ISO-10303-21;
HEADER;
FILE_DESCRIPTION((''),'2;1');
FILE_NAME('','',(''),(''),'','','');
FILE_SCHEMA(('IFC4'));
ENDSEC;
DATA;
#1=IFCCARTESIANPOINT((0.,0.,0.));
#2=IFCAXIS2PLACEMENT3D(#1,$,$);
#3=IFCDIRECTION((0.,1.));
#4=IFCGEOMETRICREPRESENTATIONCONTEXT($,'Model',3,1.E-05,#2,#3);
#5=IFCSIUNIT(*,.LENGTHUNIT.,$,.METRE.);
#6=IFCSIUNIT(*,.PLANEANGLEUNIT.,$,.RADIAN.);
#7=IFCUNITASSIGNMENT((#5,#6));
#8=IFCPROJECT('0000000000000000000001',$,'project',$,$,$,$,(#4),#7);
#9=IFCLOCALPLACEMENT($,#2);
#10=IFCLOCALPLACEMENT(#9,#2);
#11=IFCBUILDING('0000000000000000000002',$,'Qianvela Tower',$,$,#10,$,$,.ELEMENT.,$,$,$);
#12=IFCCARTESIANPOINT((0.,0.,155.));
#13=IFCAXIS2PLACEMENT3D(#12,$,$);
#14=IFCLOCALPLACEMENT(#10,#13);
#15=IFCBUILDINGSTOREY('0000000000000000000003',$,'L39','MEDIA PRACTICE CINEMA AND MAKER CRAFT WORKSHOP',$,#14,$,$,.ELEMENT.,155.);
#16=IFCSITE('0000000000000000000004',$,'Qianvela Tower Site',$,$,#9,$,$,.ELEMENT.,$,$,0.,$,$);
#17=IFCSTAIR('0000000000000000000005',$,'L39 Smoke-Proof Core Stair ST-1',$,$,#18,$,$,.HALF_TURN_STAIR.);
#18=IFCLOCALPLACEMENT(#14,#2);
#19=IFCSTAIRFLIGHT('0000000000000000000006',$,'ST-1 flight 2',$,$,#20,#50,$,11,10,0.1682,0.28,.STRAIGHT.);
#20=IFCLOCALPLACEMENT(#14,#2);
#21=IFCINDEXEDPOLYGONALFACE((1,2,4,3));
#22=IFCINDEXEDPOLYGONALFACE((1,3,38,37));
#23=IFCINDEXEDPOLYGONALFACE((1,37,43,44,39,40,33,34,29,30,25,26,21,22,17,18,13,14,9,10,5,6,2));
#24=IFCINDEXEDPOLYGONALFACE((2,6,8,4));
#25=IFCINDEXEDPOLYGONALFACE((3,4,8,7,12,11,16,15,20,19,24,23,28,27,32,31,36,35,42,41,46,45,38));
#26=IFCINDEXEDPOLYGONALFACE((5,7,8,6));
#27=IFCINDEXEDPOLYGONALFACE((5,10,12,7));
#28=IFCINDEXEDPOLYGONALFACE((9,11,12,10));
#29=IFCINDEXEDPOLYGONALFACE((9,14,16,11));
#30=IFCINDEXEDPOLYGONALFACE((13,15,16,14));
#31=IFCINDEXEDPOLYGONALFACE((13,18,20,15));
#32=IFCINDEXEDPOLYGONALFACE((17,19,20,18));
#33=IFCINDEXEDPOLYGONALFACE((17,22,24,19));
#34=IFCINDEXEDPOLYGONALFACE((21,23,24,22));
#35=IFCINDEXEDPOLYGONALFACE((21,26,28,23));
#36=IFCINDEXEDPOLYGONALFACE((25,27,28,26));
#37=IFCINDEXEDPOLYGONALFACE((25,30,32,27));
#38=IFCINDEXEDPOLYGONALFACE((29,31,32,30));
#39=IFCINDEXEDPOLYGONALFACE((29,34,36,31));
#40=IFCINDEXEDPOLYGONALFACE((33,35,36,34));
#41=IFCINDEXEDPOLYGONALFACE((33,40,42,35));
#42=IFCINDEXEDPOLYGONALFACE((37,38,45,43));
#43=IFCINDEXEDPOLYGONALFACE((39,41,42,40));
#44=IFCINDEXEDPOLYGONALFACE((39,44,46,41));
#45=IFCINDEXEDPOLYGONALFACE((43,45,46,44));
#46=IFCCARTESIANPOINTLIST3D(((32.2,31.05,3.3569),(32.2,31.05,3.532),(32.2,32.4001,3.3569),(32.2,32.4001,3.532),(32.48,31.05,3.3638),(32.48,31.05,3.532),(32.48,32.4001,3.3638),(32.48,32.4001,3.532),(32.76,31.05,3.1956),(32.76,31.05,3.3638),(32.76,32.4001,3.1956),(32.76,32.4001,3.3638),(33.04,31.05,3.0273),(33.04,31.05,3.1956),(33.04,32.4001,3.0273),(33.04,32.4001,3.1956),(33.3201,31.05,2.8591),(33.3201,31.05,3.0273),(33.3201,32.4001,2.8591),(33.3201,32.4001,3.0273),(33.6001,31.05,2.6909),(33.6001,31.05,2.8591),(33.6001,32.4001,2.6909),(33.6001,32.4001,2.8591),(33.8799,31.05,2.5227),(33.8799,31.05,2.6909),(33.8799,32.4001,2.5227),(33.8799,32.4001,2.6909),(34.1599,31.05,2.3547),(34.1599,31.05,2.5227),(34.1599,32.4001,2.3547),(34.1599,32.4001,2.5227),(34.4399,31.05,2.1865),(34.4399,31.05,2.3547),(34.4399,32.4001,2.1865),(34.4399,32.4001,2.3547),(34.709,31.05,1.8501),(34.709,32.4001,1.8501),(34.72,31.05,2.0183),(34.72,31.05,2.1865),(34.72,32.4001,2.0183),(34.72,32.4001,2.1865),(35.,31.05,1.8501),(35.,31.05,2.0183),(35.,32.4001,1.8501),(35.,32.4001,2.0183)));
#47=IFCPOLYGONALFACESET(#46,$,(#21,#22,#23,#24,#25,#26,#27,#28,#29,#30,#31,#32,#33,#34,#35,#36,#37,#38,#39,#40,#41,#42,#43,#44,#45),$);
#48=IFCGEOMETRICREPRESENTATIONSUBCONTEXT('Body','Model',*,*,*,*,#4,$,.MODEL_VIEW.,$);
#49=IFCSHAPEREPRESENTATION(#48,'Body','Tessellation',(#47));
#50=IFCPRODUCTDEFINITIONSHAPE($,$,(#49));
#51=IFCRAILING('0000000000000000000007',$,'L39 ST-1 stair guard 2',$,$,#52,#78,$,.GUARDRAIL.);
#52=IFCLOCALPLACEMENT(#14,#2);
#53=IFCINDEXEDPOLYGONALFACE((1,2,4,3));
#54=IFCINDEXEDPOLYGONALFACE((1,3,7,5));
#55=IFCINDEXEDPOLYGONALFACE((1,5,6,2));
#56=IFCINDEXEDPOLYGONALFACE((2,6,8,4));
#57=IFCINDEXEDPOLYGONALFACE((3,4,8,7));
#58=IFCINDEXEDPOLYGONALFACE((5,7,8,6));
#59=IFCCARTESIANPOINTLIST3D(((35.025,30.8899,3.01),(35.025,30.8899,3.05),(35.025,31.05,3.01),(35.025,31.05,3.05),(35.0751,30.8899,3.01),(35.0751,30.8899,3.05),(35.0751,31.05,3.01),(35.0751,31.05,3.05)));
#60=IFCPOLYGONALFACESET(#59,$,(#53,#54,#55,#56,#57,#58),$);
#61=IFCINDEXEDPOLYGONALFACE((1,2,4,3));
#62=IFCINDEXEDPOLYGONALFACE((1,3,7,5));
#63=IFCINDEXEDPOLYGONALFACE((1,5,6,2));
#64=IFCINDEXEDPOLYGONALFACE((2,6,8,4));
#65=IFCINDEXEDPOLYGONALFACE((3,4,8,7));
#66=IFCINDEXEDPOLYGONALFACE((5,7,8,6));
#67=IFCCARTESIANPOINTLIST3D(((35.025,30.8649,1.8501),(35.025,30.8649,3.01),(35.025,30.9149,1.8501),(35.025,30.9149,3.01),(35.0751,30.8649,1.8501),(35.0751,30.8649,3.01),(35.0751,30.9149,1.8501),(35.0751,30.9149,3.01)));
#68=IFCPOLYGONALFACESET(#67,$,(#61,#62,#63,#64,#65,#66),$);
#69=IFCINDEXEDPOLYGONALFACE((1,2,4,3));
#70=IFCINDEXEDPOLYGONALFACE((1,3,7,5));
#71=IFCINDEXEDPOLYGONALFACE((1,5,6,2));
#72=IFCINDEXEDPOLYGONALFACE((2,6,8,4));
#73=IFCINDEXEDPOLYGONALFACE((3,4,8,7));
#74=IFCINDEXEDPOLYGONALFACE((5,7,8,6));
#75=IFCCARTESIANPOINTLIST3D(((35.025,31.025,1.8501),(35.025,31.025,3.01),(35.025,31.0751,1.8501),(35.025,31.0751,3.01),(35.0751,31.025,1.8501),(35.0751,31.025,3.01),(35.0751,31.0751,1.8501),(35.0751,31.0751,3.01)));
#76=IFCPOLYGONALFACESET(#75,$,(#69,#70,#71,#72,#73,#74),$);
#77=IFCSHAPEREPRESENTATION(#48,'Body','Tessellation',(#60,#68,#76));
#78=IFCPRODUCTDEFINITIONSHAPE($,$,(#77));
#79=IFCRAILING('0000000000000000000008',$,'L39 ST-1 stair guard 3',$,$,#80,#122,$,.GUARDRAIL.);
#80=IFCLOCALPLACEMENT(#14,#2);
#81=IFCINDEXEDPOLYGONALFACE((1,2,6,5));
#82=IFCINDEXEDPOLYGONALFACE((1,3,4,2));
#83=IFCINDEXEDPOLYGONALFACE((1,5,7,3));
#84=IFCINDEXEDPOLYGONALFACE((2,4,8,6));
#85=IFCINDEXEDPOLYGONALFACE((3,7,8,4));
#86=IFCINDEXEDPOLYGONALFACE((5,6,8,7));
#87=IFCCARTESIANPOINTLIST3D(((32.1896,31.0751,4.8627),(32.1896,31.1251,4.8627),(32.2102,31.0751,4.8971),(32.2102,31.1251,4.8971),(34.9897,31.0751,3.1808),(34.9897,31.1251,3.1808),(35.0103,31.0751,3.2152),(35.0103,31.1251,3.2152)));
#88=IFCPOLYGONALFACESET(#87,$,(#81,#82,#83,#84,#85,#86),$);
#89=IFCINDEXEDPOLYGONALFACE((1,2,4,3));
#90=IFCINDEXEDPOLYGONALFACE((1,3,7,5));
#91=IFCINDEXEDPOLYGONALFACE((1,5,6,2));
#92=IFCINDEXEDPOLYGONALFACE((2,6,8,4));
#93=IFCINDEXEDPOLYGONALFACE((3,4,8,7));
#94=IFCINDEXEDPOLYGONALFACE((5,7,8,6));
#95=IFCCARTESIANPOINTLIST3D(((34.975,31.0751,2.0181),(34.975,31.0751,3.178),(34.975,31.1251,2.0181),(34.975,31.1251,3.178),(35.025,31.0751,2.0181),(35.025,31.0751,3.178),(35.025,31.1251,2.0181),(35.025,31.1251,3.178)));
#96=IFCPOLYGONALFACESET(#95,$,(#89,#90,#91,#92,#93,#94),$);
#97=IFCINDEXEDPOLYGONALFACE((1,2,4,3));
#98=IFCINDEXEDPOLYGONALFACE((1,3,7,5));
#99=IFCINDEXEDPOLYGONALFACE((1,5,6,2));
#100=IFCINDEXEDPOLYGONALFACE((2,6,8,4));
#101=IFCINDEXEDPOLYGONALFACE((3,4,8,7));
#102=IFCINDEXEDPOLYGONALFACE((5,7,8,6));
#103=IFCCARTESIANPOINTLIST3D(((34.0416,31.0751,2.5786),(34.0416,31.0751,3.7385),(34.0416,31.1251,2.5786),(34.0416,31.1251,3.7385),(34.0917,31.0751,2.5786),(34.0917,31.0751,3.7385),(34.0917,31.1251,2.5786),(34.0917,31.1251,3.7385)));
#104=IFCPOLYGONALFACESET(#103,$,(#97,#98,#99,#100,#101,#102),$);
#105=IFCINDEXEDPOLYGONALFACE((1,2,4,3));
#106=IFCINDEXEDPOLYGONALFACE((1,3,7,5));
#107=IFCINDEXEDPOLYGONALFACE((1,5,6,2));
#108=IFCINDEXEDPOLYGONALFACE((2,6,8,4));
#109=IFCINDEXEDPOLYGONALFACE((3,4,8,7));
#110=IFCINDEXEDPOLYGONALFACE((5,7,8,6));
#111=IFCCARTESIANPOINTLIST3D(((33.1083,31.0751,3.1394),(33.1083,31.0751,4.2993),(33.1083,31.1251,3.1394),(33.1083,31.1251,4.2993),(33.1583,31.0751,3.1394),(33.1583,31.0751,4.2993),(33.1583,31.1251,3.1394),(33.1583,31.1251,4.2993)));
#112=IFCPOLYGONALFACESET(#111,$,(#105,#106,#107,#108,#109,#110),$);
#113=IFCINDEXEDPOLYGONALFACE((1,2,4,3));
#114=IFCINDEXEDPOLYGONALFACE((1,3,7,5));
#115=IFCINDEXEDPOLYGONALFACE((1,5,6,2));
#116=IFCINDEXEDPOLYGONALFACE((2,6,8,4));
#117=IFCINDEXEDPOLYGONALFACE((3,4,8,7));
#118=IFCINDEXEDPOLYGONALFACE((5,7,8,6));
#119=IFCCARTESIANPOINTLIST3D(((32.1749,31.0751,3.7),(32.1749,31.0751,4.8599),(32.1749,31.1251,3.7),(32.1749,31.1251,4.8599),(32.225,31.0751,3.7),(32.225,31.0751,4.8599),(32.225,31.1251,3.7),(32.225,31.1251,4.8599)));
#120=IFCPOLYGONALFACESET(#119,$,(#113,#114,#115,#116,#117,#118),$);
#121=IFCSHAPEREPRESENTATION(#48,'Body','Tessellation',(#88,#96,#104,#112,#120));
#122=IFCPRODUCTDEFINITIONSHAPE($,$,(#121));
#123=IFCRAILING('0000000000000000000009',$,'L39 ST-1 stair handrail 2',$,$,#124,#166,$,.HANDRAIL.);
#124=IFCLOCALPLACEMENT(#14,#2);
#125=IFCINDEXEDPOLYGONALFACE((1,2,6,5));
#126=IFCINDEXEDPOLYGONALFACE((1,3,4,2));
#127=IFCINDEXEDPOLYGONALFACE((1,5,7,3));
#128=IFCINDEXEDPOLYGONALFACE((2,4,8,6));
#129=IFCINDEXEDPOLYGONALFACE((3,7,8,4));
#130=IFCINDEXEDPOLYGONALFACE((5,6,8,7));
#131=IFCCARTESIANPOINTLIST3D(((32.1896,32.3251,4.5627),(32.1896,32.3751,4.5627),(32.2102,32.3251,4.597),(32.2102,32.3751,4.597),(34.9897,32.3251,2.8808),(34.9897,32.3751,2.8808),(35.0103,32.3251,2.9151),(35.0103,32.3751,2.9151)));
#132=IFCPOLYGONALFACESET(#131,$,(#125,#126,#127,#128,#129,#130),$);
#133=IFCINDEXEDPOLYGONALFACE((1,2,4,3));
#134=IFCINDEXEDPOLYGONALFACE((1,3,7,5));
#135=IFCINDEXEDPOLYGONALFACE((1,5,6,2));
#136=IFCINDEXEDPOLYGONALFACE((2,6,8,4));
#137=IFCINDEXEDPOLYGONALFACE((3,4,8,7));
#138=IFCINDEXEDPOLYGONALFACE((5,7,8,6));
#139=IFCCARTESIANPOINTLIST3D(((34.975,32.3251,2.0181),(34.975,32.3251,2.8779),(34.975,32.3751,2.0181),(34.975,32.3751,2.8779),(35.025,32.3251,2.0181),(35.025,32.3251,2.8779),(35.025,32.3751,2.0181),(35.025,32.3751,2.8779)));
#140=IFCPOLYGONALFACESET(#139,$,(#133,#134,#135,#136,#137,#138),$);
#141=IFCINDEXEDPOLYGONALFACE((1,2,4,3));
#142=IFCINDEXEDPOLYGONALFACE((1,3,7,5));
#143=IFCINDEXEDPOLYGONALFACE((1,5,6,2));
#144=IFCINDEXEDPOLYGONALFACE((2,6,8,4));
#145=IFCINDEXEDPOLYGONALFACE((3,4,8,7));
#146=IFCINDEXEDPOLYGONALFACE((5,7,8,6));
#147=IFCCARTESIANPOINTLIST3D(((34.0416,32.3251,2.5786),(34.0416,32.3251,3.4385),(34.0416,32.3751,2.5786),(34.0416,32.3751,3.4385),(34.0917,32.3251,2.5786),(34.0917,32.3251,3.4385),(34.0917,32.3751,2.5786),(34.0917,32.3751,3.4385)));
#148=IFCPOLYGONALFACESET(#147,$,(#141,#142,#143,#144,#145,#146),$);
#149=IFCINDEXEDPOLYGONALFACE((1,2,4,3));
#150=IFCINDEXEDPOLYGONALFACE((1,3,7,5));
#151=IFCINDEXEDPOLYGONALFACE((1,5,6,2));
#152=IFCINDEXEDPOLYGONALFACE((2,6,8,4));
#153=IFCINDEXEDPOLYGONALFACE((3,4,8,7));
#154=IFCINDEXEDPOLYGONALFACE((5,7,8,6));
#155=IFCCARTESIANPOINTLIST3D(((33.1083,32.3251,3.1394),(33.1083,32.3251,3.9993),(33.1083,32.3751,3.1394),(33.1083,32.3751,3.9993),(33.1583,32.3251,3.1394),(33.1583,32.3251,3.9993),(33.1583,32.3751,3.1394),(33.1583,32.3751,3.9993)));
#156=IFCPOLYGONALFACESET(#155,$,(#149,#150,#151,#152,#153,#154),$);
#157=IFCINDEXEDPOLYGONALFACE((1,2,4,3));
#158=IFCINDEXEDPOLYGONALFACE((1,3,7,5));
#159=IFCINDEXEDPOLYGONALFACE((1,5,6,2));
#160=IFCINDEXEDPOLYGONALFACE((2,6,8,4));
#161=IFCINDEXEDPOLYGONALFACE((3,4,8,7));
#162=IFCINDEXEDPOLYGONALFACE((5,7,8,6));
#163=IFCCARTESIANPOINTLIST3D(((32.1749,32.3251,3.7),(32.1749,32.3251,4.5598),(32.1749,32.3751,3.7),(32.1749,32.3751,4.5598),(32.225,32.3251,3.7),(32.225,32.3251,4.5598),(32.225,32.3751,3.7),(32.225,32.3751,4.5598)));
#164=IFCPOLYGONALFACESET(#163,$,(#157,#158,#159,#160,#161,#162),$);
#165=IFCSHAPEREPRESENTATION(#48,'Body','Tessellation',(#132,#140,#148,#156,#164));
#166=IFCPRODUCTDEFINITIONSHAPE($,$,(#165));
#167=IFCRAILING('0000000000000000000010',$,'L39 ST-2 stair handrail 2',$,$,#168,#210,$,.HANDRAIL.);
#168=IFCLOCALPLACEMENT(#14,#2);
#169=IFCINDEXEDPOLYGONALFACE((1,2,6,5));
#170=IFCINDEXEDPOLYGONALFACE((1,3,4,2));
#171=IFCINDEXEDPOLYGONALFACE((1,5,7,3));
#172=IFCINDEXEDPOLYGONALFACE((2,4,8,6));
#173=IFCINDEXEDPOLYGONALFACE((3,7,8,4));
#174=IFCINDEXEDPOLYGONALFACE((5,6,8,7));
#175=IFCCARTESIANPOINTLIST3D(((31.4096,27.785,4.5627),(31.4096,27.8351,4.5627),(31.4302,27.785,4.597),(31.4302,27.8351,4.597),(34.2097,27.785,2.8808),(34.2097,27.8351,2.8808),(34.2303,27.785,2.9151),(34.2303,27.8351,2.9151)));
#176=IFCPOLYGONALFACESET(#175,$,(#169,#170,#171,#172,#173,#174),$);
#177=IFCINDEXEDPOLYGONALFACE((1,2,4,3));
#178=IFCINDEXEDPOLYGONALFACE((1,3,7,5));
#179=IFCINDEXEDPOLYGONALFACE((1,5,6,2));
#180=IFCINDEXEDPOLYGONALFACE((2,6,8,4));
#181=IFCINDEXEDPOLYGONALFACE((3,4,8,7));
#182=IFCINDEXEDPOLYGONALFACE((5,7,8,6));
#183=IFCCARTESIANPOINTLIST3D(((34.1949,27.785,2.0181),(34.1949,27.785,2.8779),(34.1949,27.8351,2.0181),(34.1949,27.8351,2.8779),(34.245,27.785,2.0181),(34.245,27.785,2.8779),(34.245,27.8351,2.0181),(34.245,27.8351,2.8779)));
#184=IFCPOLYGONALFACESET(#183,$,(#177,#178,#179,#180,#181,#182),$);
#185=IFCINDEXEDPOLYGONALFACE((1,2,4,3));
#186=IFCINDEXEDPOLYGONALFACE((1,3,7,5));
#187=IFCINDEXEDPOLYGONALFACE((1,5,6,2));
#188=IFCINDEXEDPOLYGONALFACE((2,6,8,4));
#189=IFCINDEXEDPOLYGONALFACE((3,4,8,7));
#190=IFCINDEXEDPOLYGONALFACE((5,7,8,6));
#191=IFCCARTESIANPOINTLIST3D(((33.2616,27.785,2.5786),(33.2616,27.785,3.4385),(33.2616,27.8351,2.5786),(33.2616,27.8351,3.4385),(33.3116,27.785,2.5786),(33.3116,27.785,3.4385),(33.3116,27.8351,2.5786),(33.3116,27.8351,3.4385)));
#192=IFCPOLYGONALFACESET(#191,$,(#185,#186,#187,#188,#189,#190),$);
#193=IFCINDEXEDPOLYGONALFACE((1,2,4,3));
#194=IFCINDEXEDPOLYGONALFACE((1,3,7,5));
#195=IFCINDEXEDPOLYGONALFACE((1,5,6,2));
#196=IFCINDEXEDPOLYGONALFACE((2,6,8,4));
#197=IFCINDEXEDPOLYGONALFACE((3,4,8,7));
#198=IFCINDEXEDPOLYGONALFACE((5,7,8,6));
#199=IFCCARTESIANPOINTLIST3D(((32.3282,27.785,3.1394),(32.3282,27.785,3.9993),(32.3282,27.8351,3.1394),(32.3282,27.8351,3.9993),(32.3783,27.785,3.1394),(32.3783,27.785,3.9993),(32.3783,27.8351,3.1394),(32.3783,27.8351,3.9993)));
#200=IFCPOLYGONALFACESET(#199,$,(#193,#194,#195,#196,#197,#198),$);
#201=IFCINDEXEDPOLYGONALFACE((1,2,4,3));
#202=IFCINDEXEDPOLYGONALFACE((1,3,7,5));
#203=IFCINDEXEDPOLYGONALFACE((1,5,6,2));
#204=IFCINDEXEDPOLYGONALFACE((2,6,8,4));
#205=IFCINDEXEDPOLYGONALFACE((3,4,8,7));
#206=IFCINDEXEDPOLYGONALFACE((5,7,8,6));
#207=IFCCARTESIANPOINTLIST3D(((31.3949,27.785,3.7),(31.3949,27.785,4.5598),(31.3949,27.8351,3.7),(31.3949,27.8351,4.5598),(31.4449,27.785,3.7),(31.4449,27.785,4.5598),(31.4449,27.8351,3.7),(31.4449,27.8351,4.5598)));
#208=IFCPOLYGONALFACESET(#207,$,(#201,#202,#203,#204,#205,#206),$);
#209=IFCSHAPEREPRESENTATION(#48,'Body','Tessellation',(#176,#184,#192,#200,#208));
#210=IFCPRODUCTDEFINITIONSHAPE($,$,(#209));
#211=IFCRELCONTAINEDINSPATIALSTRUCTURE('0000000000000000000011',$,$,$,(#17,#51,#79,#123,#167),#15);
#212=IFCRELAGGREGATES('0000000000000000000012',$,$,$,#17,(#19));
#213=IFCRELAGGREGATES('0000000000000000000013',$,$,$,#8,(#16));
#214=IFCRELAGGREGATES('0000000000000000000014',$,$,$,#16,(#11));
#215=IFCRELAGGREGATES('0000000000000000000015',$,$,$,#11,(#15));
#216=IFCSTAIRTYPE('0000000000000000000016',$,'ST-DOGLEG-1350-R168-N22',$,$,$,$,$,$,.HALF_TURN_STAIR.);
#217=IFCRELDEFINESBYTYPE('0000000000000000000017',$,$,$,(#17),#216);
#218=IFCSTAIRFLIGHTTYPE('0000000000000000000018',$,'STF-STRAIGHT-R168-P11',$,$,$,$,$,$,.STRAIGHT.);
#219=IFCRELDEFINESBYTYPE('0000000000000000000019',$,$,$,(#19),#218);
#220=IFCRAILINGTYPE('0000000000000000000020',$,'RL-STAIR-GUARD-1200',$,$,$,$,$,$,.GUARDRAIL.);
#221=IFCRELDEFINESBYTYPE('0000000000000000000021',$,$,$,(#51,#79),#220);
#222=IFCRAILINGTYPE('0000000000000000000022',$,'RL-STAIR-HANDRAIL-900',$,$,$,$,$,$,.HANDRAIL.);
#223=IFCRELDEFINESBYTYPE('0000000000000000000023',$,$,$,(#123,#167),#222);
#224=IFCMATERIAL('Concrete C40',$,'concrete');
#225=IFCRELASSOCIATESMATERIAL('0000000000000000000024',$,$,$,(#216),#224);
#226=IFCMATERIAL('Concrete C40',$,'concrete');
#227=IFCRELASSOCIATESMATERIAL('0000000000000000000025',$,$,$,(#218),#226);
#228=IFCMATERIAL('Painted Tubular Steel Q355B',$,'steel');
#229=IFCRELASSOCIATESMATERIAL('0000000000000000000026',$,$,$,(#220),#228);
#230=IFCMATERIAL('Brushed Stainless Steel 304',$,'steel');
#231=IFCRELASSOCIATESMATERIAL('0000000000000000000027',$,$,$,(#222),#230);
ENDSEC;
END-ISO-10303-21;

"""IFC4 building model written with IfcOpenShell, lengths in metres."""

from ifc_helpers import new_model, si_unit, direction, frame, origin, origin_2d, place, context, subcontext, project, spatial, polyline, rectangle, outline, extrude, material, type_object, element, aggregate, save


model = new_model("IFC4")

# Units and contexts
model_context = context("Model", 3, precision=1e-05, world=origin(), true_north=direction((0.0, 1.0)))
body_context = subcontext(model_context, "Body", "Model", "MODEL_VIEW")
ifc_project = project(units=[si_unit("LENGTHUNIT", "METRE"), si_unit("PLANEANGLEUNIT", "RADIAN")], contexts=[model_context])

# Site, building, storey
site_placement = place(None, origin())
site = spatial("IfcSite", under=ifc_project, at=site_placement, Name="Qianvela Tower Site", CompositionType="ELEMENT", RefElevation=0.0)
building_placement = place(site_placement, origin())
building = spatial("IfcBuilding", under=site, at=building_placement, Name="Qianvela Tower", CompositionType="ELEMENT")
storey_placement = place(building_placement, frame((0.0, 0.0, 155.0)))
storey = spatial("IfcBuildingStorey", under=building, at=storey_placement, Name="L39", Description="MEDIA PRACTICE CINEMA AND MAKER CRAFT WORKSHOP", CompositionType="ELEMENT", Elevation=155.0)

# Stair, stair flight
ifc_material_1 = material(Name="Concrete C40", Category="concrete")
stair_type = type_object("IfcStairType", Name="ST-DOGLEG-1350-R168-N22", PredefinedType="HALF_TURN_STAIR", material=ifc_material_1)
stair_placement = place(storey_placement, origin())
stair = element("IfcStair", 1, at=stair_placement, inside=storey, type_object=stair_type, Name="L39 Smoke-Proof Core Stair ST-1", PredefinedType="HALF_TURN_STAIR")
ifc_material_2 = material(Name="Concrete C40", Category="concrete")
stair_flight_type = type_object("IfcStairFlightType", Name="STF-STRAIGHT-R168-P11", PredefinedType="STRAIGHT", material=ifc_material_2)
stair_flight_placement = place(storey_placement, frame((35.0, 31.7251, 1.8501), z_axis=(0.0, 0.0, 1.0), x_axis=(-1.0, 0.0, 0.0)))
stair_flight = element("IfcStairFlight", 2, at=stair_flight_placement, type_object=stair_flight_type, Name="ST-1 flight 2", NumberOfRisers=11, NumberOfTreads=10, PredefinedType="STRAIGHT", RiserHeight=0.1682, TreadLength=0.28, context=body_context, shape_type="SweptSolid", body=[
    extrude(outline(polyline([(0.0, 0.0), (0.0, 0.1682), (0.28, 0.1682), (0.28, 0.3364), (0.5601, 0.3364), (0.5601, 0.5046), (0.8401, 0.5046), (0.8401, 0.6726), (1.1201, 0.6726), (1.1201, 0.8408), (1.3999, 0.8408), (1.3999, 1.009), (1.6799, 1.009), (1.6799, 1.1772), (1.96, 1.1772), (1.96, 1.3455), (2.24, 1.3455), (2.24, 1.5137), (2.52, 1.5137), (2.52, 1.6819), (2.8, 1.6819), (2.8, 1.8501), (2.8, 1.5068), (0.291, 0.0), (0.0, 0.0)])), frame((0.0, 0.675, 0.0), z_axis=(0.0, -1.0, 0.0), x_axis=(1.0, 0.0, 0.0)), (0.0, 0.0, 1.0), 1.3501),
])
aggregate(stair, [stair_flight])

# Railings
ifc_material_3 = material(Name="Painted Tubular Steel Q355B", Category="steel")
railing_type_1 = type_object("IfcRailingType", Name="RL-STAIR-GUARD-1200", PredefinedType="GUARDRAIL", material=ifc_material_3)
railing_1_placement = place(storey_placement, frame((35.05, 30.8899, 1.8501)))
element("IfcRailing", 3, at=railing_1_placement, inside=storey, type_object=railing_type_1, Name="L39 ST-1 stair guard 2", PredefinedType="GUARDRAIL", context=body_context, shape_type="SweptSolid", body=[
    extrude(rectangle(XDim=0.05, YDim=0.04, at=origin_2d()), frame((0.0, 0.0, 1.1799), z_axis=(0.0, 1.0, 0.0), x_axis=(-1.0, 0.0, 0.0)), (0.0, 0.0, 1.0), 0.1602),
    extrude(rectangle(XDim=0.05, YDim=0.05, at=origin_2d()), origin(), (0.0, 0.0, 1.0), 1.1599),
    extrude(rectangle(XDim=0.05, YDim=0.05, at=origin_2d()), frame((0.0, 0.1602, 0.0)), (0.0, 0.0, 1.0), 1.1599),
])
railing_2_placement = place(storey_placement, frame((35.0, 31.1001, 2.0181)))
element("IfcRailing", 4, at=railing_2_placement, inside=storey, type_object=railing_type_1, Name="L39 ST-1 stair guard 3", PredefinedType="GUARDRAIL", context=body_context, shape_type="SweptSolid", body=[
    extrude(rectangle(XDim=0.05, YDim=0.04, at=origin_2d()), frame((0.0, 0.0, 1.1799), z_axis=(-0.857242, 0.0, 0.514913), x_axis=(0.0, -1.0, 0.0)), (0.0, 0.0, 1.0), 3.2664),
    extrude(rectangle(XDim=0.05, YDim=0.05, at=origin_2d()), origin(), (0.0, 0.0, 1.0), 1.1599),
    extrude(rectangle(XDim=0.05, YDim=0.05, at=origin_2d()), frame((-0.9333, 0.0, 0.5605)), (0.0, 0.0, 1.0), 1.1599),
    extrude(rectangle(XDim=0.05, YDim=0.05, at=origin_2d()), frame((-1.8667, 0.0, 1.1213)), (0.0, 0.0, 1.0), 1.1599),
    extrude(rectangle(XDim=0.05, YDim=0.05, at=origin_2d()), frame((-2.8, 0.0, 1.6819)), (0.0, 0.0, 1.0), 1.1599),
])
ifc_material_4 = material(Name="Brushed Stainless Steel 304", Category="steel")
railing_type_2 = type_object("IfcRailingType", Name="RL-STAIR-HANDRAIL-900", PredefinedType="HANDRAIL", material=ifc_material_4)
for number, where, name in (
    (5, (35.0, 32.3501, 2.0181), "L39 ST-1 stair handrail 2"),
    (6, (34.22, 27.8101, 2.0181), "L39 ST-2 stair handrail 2"),
):
    element("IfcRailing", number, at=place(storey_placement, frame(where)), inside=storey, type_object=railing_type_2, Name=name, PredefinedType="HANDRAIL", context=body_context, shape_type="SweptSolid", body=[
        extrude(rectangle(XDim=0.05, YDim=0.04, at=origin_2d()), frame((0.0, 0.0, 0.8799), z_axis=(-0.857242, 0.0, 0.514913), x_axis=(0.0, -1.0, 0.0)), (0.0, 0.0, 1.0), 3.2664),
        extrude(rectangle(XDim=0.05, YDim=0.05, at=origin_2d()), origin(), (0.0, 0.0, 1.0), 0.8599),
        extrude(rectangle(XDim=0.05, YDim=0.05, at=origin_2d()), frame((-0.9333, 0.0, 0.5605)), (0.0, 0.0, 1.0), 0.8599),
        extrude(rectangle(XDim=0.05, YDim=0.05, at=origin_2d()), frame((-1.8667, 0.0, 1.1213)), (0.0, 0.0, 1.0), 0.8599),
        extrude(rectangle(XDim=0.05, YDim=0.05, at=origin_2d()), frame((-2.8, 0.0, 1.6819)), (0.0, 0.0, 1.0), 0.8599),
    ])

save(model, "model.ifc")
